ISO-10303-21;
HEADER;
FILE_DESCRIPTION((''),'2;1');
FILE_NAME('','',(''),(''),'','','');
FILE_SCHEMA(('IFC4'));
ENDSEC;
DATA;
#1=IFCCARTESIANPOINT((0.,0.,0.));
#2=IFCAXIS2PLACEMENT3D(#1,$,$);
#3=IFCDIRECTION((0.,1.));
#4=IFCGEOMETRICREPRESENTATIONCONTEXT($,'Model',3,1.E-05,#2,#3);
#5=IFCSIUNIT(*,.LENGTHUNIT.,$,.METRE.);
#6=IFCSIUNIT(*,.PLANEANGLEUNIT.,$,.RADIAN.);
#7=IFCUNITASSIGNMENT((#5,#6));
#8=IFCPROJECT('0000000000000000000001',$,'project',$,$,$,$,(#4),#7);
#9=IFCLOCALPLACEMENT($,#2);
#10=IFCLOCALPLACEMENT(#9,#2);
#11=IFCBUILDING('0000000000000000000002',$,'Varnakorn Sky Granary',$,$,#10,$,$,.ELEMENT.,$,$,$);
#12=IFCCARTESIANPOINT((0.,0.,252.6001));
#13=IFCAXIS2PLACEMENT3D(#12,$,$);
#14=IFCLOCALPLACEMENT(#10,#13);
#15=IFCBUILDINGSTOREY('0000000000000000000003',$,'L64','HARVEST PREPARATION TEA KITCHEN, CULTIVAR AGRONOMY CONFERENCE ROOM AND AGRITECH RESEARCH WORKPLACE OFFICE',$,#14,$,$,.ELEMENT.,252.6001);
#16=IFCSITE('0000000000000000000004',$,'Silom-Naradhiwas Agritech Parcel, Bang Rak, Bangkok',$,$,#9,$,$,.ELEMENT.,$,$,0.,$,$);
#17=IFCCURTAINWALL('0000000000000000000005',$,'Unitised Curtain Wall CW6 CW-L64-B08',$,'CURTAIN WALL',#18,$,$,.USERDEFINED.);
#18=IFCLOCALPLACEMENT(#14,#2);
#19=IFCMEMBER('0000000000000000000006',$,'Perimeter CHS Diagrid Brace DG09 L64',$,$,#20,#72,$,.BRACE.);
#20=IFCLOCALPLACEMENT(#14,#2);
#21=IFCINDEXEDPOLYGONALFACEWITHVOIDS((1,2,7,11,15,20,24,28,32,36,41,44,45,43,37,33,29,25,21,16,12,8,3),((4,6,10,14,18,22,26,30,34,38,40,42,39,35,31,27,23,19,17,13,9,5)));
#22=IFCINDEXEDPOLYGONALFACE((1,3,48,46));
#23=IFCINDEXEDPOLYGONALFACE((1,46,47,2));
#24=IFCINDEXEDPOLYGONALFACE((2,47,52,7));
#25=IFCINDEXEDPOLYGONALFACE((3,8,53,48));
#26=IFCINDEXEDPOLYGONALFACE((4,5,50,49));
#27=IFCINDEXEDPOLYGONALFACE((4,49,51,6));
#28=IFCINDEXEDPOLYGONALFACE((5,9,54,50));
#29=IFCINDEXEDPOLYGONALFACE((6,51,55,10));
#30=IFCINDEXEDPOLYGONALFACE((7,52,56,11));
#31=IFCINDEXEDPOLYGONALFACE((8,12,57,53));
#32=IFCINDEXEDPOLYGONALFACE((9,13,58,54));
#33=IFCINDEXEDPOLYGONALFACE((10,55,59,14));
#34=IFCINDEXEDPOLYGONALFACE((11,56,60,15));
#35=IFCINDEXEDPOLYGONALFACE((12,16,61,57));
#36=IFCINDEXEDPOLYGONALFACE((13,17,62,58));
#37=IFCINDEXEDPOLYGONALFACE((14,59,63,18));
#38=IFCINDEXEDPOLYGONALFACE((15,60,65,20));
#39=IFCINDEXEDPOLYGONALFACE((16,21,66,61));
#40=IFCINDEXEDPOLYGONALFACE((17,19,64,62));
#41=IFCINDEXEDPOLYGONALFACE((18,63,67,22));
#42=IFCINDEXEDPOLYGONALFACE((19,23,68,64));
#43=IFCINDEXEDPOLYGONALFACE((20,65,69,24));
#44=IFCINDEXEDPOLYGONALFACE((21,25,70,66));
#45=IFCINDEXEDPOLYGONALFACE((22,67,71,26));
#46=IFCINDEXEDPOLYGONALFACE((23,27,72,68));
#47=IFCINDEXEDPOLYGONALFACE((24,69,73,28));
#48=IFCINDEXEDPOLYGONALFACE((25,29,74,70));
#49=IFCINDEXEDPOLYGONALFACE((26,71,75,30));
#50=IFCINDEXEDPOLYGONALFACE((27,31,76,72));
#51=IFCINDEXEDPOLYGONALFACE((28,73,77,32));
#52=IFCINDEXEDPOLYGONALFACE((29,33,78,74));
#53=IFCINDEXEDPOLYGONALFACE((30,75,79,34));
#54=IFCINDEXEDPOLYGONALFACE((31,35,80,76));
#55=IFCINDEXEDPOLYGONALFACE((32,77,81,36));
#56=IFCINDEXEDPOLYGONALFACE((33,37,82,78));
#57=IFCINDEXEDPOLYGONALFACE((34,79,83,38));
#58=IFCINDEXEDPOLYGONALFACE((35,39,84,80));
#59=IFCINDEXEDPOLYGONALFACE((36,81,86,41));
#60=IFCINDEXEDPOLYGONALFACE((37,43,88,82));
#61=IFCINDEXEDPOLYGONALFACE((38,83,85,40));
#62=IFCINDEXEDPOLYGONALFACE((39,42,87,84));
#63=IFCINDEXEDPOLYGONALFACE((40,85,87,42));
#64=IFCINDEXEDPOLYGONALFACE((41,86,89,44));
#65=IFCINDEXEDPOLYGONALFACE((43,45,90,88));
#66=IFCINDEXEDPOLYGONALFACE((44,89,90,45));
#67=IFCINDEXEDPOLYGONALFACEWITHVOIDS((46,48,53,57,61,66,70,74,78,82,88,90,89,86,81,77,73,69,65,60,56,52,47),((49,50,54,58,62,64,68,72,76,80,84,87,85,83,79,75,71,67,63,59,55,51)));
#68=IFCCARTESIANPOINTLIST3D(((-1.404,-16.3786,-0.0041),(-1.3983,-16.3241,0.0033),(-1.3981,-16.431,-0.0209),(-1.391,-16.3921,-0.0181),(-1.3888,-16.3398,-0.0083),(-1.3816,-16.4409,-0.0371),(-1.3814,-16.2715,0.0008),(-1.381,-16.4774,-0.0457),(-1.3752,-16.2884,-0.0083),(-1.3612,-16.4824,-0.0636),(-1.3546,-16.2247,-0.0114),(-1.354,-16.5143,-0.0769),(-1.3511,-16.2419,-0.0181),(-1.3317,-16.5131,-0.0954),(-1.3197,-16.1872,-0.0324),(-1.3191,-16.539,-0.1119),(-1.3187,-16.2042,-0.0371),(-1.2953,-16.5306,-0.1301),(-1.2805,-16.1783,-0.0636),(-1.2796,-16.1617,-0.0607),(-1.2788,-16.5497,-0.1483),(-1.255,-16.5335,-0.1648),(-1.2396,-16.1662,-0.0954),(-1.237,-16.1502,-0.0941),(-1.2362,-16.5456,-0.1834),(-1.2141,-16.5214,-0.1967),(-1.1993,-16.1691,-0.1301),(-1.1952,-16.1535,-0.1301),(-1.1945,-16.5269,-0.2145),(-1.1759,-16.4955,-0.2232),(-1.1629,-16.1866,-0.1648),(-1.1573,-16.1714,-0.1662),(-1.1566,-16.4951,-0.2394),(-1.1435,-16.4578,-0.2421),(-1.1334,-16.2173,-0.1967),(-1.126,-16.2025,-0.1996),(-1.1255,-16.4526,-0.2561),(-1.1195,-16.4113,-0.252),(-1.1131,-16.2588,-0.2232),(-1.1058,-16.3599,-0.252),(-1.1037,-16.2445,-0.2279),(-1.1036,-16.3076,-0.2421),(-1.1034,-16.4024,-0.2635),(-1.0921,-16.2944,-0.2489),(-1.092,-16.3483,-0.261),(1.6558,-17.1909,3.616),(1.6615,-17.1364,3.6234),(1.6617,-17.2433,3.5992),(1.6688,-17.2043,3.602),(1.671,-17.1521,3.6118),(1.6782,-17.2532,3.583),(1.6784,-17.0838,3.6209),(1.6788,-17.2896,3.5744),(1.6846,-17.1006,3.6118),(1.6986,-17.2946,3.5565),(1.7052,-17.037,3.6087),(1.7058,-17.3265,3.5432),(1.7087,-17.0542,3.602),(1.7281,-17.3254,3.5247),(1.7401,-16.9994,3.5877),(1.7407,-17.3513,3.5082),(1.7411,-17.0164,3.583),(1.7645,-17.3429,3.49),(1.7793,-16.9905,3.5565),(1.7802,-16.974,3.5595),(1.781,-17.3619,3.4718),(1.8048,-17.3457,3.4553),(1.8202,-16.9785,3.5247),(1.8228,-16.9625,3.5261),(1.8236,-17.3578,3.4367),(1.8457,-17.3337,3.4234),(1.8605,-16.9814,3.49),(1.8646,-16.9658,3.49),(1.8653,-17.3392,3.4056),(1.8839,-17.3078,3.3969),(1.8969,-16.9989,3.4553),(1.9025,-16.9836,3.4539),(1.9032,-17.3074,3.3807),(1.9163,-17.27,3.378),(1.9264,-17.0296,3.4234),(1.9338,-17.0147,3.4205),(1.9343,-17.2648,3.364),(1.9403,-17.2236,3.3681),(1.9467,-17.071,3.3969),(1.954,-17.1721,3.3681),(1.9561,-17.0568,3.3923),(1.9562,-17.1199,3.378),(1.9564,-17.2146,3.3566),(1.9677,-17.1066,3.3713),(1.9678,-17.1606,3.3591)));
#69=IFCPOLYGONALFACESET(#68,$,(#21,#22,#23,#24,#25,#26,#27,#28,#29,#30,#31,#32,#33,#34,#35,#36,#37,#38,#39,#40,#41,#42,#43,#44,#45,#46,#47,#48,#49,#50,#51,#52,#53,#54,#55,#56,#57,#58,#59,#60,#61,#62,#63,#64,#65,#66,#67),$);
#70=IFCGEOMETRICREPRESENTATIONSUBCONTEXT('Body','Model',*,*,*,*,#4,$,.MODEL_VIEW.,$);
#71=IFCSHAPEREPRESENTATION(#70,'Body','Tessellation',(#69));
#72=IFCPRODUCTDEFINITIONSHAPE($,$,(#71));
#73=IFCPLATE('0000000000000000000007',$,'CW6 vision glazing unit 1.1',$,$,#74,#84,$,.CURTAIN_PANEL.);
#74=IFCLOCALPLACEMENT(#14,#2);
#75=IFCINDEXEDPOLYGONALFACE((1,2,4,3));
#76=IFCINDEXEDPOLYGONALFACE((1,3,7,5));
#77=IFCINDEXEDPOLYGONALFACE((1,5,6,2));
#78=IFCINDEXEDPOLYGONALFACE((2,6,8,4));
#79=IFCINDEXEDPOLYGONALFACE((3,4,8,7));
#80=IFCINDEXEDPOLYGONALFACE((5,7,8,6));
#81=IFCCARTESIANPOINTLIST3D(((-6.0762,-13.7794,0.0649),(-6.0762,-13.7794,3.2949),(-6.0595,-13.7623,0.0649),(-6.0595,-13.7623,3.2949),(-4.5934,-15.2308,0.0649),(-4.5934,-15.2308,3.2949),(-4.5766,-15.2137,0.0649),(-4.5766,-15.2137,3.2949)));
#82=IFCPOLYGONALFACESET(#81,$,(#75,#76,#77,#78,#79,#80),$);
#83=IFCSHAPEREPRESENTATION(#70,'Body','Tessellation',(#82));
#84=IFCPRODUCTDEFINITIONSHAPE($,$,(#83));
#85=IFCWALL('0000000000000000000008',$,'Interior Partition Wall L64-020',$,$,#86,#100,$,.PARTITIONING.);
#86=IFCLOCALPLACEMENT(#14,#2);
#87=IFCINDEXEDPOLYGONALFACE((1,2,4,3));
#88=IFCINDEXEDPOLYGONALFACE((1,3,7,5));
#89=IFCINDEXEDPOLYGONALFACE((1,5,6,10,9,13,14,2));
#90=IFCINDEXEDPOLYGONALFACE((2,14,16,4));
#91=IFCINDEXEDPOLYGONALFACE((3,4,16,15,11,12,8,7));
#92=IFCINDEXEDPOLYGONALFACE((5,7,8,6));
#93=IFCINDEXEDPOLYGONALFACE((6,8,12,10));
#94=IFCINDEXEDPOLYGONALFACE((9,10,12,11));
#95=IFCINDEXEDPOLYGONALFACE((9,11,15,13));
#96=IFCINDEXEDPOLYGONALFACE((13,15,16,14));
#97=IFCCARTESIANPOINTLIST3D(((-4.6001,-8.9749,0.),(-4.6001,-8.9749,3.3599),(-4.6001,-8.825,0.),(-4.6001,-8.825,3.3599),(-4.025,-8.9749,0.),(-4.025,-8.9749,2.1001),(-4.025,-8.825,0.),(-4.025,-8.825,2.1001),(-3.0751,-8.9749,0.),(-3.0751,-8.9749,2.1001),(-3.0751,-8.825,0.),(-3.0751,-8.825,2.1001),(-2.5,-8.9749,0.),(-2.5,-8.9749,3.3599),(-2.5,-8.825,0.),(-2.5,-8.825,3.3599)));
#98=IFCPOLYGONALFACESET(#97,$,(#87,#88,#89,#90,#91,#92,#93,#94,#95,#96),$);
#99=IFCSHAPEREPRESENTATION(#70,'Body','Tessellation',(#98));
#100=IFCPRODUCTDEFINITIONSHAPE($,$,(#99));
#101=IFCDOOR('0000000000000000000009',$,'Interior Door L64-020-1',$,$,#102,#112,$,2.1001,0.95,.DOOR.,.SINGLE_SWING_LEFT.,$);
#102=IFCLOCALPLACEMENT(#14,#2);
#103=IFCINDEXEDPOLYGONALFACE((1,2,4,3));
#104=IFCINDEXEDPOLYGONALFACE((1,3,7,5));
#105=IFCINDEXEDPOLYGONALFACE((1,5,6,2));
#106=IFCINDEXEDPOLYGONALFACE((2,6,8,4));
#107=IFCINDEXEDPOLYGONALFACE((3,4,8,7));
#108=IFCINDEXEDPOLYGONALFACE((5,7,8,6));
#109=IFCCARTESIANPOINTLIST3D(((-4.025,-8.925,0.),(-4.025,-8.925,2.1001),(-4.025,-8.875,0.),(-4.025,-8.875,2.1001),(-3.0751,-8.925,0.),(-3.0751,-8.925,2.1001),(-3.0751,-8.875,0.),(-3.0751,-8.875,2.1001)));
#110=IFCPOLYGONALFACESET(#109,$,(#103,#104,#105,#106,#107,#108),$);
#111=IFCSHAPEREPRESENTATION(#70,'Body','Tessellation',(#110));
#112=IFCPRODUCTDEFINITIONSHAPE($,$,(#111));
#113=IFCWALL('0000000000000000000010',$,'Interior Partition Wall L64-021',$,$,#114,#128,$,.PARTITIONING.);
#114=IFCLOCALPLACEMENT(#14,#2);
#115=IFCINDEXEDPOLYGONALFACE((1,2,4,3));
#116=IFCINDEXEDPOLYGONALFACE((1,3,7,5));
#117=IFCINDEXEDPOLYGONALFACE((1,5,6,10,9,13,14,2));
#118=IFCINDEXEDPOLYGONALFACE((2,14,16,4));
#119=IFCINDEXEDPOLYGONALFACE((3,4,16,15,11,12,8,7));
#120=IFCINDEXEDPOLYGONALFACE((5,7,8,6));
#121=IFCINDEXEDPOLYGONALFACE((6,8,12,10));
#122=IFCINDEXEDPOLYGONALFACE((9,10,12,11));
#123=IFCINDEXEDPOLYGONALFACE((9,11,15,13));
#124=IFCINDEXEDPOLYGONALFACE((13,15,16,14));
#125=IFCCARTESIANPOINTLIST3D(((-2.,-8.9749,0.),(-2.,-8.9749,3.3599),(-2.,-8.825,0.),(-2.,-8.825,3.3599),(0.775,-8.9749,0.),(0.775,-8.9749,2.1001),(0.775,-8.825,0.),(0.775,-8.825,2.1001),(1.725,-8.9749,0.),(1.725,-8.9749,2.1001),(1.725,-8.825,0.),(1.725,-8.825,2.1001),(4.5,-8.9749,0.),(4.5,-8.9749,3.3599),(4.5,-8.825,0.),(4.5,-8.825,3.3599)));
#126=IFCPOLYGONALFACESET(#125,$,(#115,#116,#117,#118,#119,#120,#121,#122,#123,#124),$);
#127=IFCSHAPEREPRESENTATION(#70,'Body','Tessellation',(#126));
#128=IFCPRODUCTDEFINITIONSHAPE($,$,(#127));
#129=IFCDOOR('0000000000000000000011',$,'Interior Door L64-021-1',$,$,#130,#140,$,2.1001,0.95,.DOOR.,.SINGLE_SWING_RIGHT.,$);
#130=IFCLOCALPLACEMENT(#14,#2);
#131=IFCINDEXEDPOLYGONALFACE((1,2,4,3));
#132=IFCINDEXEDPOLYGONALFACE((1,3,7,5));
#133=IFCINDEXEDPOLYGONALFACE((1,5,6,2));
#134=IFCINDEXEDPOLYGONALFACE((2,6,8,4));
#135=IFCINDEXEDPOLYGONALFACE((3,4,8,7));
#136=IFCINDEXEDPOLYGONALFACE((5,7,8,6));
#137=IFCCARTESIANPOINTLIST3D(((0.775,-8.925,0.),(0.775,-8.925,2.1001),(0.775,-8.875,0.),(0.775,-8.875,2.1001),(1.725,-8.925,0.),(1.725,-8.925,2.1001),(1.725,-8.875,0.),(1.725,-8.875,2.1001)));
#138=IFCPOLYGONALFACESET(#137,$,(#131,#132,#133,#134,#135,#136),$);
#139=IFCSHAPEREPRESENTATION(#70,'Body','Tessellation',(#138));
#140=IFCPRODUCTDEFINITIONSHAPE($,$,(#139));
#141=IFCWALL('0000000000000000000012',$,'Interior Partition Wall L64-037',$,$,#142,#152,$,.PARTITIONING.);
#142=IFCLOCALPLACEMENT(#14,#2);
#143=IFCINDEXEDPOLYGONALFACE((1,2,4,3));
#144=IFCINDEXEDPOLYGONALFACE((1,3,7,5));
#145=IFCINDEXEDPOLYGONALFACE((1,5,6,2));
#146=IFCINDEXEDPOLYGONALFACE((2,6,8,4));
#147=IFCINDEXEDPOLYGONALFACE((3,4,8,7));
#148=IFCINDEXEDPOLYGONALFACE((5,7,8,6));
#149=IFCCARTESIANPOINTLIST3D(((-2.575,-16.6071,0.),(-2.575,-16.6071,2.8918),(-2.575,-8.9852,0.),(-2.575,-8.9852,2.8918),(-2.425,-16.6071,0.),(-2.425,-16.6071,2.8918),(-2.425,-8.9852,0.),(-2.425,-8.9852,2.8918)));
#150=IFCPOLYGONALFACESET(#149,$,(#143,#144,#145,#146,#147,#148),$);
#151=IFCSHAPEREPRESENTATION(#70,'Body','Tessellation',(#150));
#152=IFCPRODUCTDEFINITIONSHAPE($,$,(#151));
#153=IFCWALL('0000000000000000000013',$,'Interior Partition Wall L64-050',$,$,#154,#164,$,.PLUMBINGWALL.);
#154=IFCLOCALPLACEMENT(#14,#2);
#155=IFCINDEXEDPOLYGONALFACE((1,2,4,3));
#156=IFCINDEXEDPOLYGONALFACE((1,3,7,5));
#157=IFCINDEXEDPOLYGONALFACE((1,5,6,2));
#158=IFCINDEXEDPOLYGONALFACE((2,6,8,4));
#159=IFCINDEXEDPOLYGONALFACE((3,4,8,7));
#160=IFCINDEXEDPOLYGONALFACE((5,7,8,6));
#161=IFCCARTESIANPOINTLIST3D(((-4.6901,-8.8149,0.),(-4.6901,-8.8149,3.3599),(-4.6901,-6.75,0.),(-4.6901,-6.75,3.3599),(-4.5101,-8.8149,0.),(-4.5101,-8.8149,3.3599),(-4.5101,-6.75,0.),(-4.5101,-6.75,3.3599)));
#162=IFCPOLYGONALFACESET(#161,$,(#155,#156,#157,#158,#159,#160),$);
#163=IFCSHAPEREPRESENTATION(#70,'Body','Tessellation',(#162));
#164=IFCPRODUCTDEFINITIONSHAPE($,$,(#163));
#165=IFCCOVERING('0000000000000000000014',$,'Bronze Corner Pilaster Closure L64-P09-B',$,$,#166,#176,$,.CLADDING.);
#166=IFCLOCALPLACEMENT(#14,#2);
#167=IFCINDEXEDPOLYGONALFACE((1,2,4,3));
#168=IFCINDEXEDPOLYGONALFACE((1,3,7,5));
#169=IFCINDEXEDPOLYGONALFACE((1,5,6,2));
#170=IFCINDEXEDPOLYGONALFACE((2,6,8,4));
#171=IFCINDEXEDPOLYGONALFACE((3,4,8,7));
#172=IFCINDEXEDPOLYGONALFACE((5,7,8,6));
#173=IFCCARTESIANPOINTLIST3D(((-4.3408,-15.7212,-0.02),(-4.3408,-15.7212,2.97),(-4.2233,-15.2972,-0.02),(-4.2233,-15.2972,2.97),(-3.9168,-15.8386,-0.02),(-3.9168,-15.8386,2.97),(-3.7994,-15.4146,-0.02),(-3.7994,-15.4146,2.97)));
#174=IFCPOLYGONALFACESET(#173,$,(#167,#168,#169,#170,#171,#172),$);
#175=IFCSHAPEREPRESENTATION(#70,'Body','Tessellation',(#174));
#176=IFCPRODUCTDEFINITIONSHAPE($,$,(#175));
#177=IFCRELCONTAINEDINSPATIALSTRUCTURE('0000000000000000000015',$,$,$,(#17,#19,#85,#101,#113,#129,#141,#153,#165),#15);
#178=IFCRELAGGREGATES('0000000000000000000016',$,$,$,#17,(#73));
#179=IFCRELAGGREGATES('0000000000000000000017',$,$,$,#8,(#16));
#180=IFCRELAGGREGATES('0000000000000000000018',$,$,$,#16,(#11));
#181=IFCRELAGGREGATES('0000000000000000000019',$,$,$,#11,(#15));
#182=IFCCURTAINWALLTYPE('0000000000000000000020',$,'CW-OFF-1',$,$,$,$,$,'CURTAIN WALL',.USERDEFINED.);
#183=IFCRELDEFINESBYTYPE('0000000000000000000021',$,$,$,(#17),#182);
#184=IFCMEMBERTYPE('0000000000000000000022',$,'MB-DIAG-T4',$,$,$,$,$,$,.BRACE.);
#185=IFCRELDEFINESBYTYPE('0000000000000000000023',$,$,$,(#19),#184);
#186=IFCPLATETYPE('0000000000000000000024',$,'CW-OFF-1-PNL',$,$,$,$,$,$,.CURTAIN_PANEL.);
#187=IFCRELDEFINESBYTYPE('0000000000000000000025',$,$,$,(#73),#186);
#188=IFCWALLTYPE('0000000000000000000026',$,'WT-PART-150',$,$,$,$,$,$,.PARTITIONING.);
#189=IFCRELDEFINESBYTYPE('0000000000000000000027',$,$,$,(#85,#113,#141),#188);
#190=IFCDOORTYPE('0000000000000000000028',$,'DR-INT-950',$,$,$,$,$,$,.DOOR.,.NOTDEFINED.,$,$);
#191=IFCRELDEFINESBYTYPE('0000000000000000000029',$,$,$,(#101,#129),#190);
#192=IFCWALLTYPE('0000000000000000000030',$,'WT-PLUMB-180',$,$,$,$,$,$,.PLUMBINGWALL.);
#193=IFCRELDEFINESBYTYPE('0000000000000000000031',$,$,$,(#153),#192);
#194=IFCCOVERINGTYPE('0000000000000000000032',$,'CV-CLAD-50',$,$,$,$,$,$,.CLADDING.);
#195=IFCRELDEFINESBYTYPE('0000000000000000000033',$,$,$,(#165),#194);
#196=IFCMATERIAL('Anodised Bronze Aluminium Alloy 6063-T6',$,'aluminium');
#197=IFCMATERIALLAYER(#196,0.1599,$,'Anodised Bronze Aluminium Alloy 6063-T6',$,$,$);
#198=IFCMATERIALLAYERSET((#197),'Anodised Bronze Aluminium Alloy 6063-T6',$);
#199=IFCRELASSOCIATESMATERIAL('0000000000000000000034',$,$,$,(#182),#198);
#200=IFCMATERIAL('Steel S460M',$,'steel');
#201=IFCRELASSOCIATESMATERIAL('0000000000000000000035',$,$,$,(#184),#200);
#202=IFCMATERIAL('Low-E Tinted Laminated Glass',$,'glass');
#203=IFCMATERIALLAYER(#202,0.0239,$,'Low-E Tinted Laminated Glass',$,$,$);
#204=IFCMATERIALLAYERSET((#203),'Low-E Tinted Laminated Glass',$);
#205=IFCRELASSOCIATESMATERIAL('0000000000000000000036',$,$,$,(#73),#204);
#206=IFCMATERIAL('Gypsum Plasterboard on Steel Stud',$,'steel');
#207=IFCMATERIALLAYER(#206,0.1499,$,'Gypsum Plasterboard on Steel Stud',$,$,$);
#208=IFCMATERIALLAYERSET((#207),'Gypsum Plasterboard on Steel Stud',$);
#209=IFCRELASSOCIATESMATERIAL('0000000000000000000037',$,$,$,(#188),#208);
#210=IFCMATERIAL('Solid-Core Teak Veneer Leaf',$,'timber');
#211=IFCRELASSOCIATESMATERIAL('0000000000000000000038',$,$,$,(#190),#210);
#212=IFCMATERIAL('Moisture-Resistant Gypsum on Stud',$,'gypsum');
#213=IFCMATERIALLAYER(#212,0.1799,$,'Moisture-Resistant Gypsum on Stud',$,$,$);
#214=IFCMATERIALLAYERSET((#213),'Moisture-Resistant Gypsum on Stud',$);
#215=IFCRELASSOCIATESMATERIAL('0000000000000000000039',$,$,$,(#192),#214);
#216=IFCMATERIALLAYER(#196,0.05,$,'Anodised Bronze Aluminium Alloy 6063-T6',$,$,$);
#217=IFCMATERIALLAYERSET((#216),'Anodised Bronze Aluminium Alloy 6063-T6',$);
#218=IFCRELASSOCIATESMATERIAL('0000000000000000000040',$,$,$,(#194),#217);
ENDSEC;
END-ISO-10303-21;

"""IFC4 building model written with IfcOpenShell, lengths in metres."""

from ifc_helpers import new_model, si_unit, direction, frame, frame_2d, origin, origin_2d, place, context, subcontext, project, spatial, rectangle, hollow_circle, extrude, source, transform, mapped, material, layer, layer_set, material_profile, profile_set, type_object, type_shapes, element, fill, aggregate, save


model = new_model("IFC4")

# Units and contexts
model_context = context("Model", 3, precision=1e-05, world=origin(), true_north=direction((0.0, 1.0)))
body_context = subcontext(model_context, "Body", "Model", "MODEL_VIEW")
ifc_project = project(units=[si_unit("LENGTHUNIT", "METRE"), si_unit("PLANEANGLEUNIT", "RADIAN")], contexts=[model_context])

# Site, building, storey
site_placement = place(None, origin())
site = spatial("IfcSite", under=ifc_project, at=site_placement, Name="Silom-Naradhiwas Agritech Parcel, Bang Rak, Bangkok", CompositionType="ELEMENT", RefElevation=0.0)
building_placement = place(site_placement, origin())
building = spatial("IfcBuilding", under=site, at=building_placement, Name="Varnakorn Sky Granary", CompositionType="ELEMENT")
storey_placement = place(building_placement, frame((0.0, 0.0, 252.6001)))
storey = spatial("IfcBuildingStorey", under=building, at=storey_placement, Name="L64", Description="HARVEST PREPARATION TEA KITCHEN, CULTIVAR AGRONOMY CONFERENCE ROOM AND AGRITECH RESEARCH WORKPLACE OFFICE", CompositionType="ELEMENT", Elevation=252.6001)

# Shared definitions
ifc_material_1 = material(Name="Steel S460M", Category="steel")

# Curtain wall
ifc_material_2 = material(Name="Anodised Bronze Aluminium Alloy 6063-T6", Category="aluminium")
ifc_layer_1 = layer(ifc_material_2, 0.1599, Name="Anodised Bronze Aluminium Alloy 6063-T6")
ifc_layer_set_1 = layer_set([ifc_layer_1], Name="Anodised Bronze Aluminium Alloy 6063-T6")
curtain_wall_type = type_object("IfcCurtainWallType", Name="CW-OFF-1", ElementType="CURTAIN WALL", PredefinedType="USERDEFINED", material=ifc_layer_set_1)
curtain_wall_placement = place(storey_placement, origin())
curtain_wall = element("IfcCurtainWall", 1, at=curtain_wall_placement, inside=storey, type_object=curtain_wall_type, Name="Unitised Curtain Wall CW6 CW-L64-B08", ObjectType="CURTAIN WALL", PredefinedType="USERDEFINED")

# Member
ifc_material_profile_1 = material_profile(ifc_material_1, hollow_circle(Radius=0.2031, WallThickness=0.0161, at=origin_2d()), Name="CHS 406.4x16")
ifc_profile_set_1 = profile_set([ifc_material_profile_1], Name="Steel S460M")
member_type_1 = type_object("IfcMemberType", Name="MB-DIAG-T4", PredefinedType="BRACE", material=ifc_profile_set_1)
member_1_placement = place(storey_placement, frame((-1.2473, -16.3499, -0.1301), z_axis=(0.636255, -0.1689, 0.752763), x_axis=(0.256573, 0.966525, 0.0)))
element("IfcMember", 2, at=member_1_placement, inside=storey, type_object=member_type_1, Name="Perimeter CHS Diagrid Brace DG09 L64", PredefinedType="BRACE", context=body_context, shape_type="SweptSolid", body=[
    extrude(hollow_circle(Radius=0.2031, WallThickness=0.0161, at=origin_2d()), origin(), (0.0, 0.0, 1.0), 4.8091),
])

# Plate
ifc_material_3 = material(Name="Low-E Tinted Laminated Glass", Category="glass")
ifc_layer_2 = layer(ifc_material_3, 0.0239, Name="Low-E Tinted Laminated Glass")
ifc_layer_set_2 = layer_set([ifc_layer_2], Name="Low-E Tinted Laminated Glass")
plate_type = type_object("IfcPlateType", Name="CW-OFF-1-PNL", PredefinedType="CURTAIN_PANEL")
shared_shape_1 = source(origin(), body_context, "Body", "SweptSolid", [
    extrude(rectangle(XDim=2.075, YDim=0.0239, at=origin_2d()), origin(), (0.0, 0.0, 1.0), 3.23),
])
type_shapes(plate_type, [shared_shape_1])
plate_placement = place(storey_placement, frame((-5.3264, -14.4966, 0.0649), z_axis=(0.0, 0.0, 1.0), x_axis=(-0.71465, 0.699482, 0.0)))
plate = element("IfcPlate", 3, at=plate_placement, type_object=plate_type, material=ifc_layer_set_2, Name="CW6 vision glazing unit 1.1", PredefinedType="CURTAIN_PANEL", context=body_context, shape_type="MappedRepresentation", body=[
    mapped(shared_shape_1, transform((0.0, 0.0, 0.0), x_axis=(1.0, 0.0, 0.0), y_axis=(0.0, 1.0, 0.0), z_axis=(0.0, 0.0, 1.0), scale=1.0)),
])
aggregate(curtain_wall, [plate])

# Walls, openings, doors
ifc_material_4 = material(Name="Gypsum Plasterboard on Steel Stud", Category="steel")
ifc_layer_3 = layer(ifc_material_4, 0.1499, Name="Gypsum Plasterboard on Steel Stud")
ifc_layer_set_3 = layer_set([ifc_layer_3], Name="Gypsum Plasterboard on Steel Stud")
wall_type_1 = type_object("IfcWallType", Name="WT-PART-150", PredefinedType="PARTITIONING", material=ifc_layer_set_3)
wall_1_placement = place(storey_placement, frame((-4.6001, -8.8999, 0.0), z_axis=(0.0, 0.0, 1.0), x_axis=(1.0, 0.0, 0.0)))
wall_1 = element("IfcWall", 4, at=wall_1_placement, inside=storey, type_object=wall_type_1, Name="Interior Partition Wall L64-020", PredefinedType="PARTITIONING", context=body_context, shape_type="SweptSolid", body=[
    extrude(rectangle(XDim=2.1001, YDim=0.1499, at=frame_2d((1.05, 0.0))), origin(), (0.0, 0.0, 1.0), 3.3599),
])
opening_1_placement = place(wall_1_placement, frame((0.575, 0.0, 0.0)))
opening_1 = element("IfcOpeningElement", 5, at=opening_1_placement, cuts=wall_1, PredefinedType="OPENING", context=body_context, shape_type="SweptSolid", body=[
    extrude(rectangle(XDim=0.95, YDim=2.1001, at=frame_2d((0.4751, 1.05))), frame((0.0, 0.085, 0.0), z_axis=(0.0, -1.0, 0.0), x_axis=(1.0, 0.0, 0.0)), (0.0, 0.0, 1.0), 0.1699),
])
ifc_material_5 = material(Name="Solid-Core Teak Veneer Leaf", Category="timber")
door_type = type_object("IfcDoorType", Name="DR-INT-950", OperationType="NOTDEFINED", PredefinedType="DOOR", material=ifc_material_5)
door_1_placement = place(opening_1_placement, origin())
door_1 = element("IfcDoor", 6, at=door_1_placement, inside=storey, type_object=door_type, Name="Interior Door L64-020-1", OperationType="SINGLE_SWING_LEFT", OverallHeight=2.1001, OverallWidth=0.95, PredefinedType="DOOR", context=body_context, shape_type="SweptSolid", body=[
    extrude(rectangle(XDim=0.95, YDim=2.1001, at=frame_2d((0.4751, 1.05))), frame((0.0, 0.0249, 0.0), z_axis=(0.0, -1.0, 0.0), x_axis=(1.0, 0.0, 0.0)), (0.0, 0.0, 1.0), 0.05),
])
fill(opening_1, door_1)
wall_2_placement = place(storey_placement, frame((-2.0, -8.8999, 0.0), z_axis=(0.0, 0.0, 1.0), x_axis=(1.0, 0.0, 0.0)))
wall_2 = element("IfcWall", 7, at=wall_2_placement, inside=storey, type_object=wall_type_1, Name="Interior Partition Wall L64-021", PredefinedType="PARTITIONING", context=body_context, shape_type="SweptSolid", body=[
    extrude(rectangle(XDim=6.5, YDim=0.1499, at=frame_2d((3.25, 0.0))), origin(), (0.0, 0.0, 1.0), 3.3599),
])
opening_2_placement = place(wall_2_placement, frame((2.7749, 0.0, 0.0)))
opening_2 = element("IfcOpeningElement", 8, at=opening_2_placement, cuts=wall_2, PredefinedType="OPENING", context=body_context, shape_type="SweptSolid", body=[
    extrude(rectangle(XDim=0.95, YDim=2.1001, at=frame_2d((0.4751, 1.05))), frame((0.0, 0.085, 0.0), z_axis=(0.0, -1.0, 0.0), x_axis=(1.0, 0.0, 0.0)), (0.0, 0.0, 1.0), 0.1699),
])
door_2_placement = place(opening_2_placement, origin())
door_2 = element("IfcDoor", 9, at=door_2_placement, inside=storey, type_object=door_type, Name="Interior Door L64-021-1", OperationType="SINGLE_SWING_RIGHT", OverallHeight=2.1001, OverallWidth=0.95, PredefinedType="DOOR", context=body_context, shape_type="SweptSolid", body=[
    extrude(rectangle(XDim=0.95, YDim=2.1001, at=frame_2d((0.4751, 1.05))), frame((0.0, 0.0249, 0.0), z_axis=(0.0, -1.0, 0.0), x_axis=(1.0, 0.0, 0.0)), (0.0, 0.0, 1.0), 0.05),
])
fill(opening_2, door_2)

# Walls
wall_3_placement = place(storey_placement, frame((-2.5, -8.9851, 0.0), z_axis=(0.0, 0.0, 1.0), x_axis=(0.0, -1.0, 0.0)))
element("IfcWall", 10, at=wall_3_placement, inside=storey, type_object=wall_type_1, Name="Interior Partition Wall L64-037", PredefinedType="PARTITIONING", context=body_context, shape_type="SweptSolid", body=[
    extrude(rectangle(XDim=7.6218, YDim=0.1499, at=frame_2d((3.811, 0.0))), origin(), (0.0, 0.0, 1.0), 2.8918),
])
ifc_material_6 = material(Name="Moisture-Resistant Gypsum on Stud", Category="gypsum")
ifc_layer_4 = layer(ifc_material_6, 0.1799, Name="Moisture-Resistant Gypsum on Stud")
ifc_layer_set_4 = layer_set([ifc_layer_4], Name="Moisture-Resistant Gypsum on Stud")
wall_type_2 = type_object("IfcWallType", Name="WT-PLUMB-180", PredefinedType="PLUMBINGWALL", material=ifc_layer_set_4)
wall_4_placement = place(storey_placement, frame((-4.6001, -6.75, 0.0), z_axis=(0.0, 0.0, 1.0), x_axis=(0.0, -1.0, 0.0)))
element("IfcWall", 11, at=wall_4_placement, inside=storey, type_object=wall_type_2, Name="Interior Partition Wall L64-050", PredefinedType="PLUMBINGWALL", context=body_context, shape_type="SweptSolid", body=[
    extrude(rectangle(XDim=2.0649, YDim=0.1799, at=frame_2d((1.0325, 0.0))), origin(), (0.0, 0.0, 1.0), 3.3599),
])

# Covering
ifc_layer_5 = layer(ifc_material_2, 0.05, Name="Anodised Bronze Aluminium Alloy 6063-T6")
ifc_layer_set_5 = layer_set([ifc_layer_5], Name="Anodised Bronze Aluminium Alloy 6063-T6")
covering_type = type_object("IfcCoveringType", Name="CV-CLAD-50", PredefinedType="CLADDING", material=ifc_layer_set_5)
shared_shape_2 = source(origin(), body_context, "Body", "SweptSolid", [
    extrude(rectangle(XDim=0.4399, YDim=0.4399, at=origin_2d()), origin(), (0.0, 0.0, 1.0), 2.99),
])
type_shapes(covering_type, [shared_shape_2])
covering_placement = place(storey_placement, frame((-4.0701, -15.5679, -0.02), z_axis=(0.0, 0.0, 1.0), x_axis=(-0.963724, 0.266902, 0.0)))
element("IfcCovering", 12, at=covering_placement, inside=storey, type_object=covering_type, Name="Bronze Corner Pilaster Closure L64-P09-B", PredefinedType="CLADDING", context=body_context, shape_type="MappedRepresentation", body=[
    mapped(shared_shape_2, transform((0.0, 0.0, 0.0), x_axis=(1.0, 0.0, 0.0), y_axis=(0.0, 1.0, 0.0), z_axis=(0.0, 0.0, 1.0), scale=1.0)),
])

save(model, "model.ifc")
